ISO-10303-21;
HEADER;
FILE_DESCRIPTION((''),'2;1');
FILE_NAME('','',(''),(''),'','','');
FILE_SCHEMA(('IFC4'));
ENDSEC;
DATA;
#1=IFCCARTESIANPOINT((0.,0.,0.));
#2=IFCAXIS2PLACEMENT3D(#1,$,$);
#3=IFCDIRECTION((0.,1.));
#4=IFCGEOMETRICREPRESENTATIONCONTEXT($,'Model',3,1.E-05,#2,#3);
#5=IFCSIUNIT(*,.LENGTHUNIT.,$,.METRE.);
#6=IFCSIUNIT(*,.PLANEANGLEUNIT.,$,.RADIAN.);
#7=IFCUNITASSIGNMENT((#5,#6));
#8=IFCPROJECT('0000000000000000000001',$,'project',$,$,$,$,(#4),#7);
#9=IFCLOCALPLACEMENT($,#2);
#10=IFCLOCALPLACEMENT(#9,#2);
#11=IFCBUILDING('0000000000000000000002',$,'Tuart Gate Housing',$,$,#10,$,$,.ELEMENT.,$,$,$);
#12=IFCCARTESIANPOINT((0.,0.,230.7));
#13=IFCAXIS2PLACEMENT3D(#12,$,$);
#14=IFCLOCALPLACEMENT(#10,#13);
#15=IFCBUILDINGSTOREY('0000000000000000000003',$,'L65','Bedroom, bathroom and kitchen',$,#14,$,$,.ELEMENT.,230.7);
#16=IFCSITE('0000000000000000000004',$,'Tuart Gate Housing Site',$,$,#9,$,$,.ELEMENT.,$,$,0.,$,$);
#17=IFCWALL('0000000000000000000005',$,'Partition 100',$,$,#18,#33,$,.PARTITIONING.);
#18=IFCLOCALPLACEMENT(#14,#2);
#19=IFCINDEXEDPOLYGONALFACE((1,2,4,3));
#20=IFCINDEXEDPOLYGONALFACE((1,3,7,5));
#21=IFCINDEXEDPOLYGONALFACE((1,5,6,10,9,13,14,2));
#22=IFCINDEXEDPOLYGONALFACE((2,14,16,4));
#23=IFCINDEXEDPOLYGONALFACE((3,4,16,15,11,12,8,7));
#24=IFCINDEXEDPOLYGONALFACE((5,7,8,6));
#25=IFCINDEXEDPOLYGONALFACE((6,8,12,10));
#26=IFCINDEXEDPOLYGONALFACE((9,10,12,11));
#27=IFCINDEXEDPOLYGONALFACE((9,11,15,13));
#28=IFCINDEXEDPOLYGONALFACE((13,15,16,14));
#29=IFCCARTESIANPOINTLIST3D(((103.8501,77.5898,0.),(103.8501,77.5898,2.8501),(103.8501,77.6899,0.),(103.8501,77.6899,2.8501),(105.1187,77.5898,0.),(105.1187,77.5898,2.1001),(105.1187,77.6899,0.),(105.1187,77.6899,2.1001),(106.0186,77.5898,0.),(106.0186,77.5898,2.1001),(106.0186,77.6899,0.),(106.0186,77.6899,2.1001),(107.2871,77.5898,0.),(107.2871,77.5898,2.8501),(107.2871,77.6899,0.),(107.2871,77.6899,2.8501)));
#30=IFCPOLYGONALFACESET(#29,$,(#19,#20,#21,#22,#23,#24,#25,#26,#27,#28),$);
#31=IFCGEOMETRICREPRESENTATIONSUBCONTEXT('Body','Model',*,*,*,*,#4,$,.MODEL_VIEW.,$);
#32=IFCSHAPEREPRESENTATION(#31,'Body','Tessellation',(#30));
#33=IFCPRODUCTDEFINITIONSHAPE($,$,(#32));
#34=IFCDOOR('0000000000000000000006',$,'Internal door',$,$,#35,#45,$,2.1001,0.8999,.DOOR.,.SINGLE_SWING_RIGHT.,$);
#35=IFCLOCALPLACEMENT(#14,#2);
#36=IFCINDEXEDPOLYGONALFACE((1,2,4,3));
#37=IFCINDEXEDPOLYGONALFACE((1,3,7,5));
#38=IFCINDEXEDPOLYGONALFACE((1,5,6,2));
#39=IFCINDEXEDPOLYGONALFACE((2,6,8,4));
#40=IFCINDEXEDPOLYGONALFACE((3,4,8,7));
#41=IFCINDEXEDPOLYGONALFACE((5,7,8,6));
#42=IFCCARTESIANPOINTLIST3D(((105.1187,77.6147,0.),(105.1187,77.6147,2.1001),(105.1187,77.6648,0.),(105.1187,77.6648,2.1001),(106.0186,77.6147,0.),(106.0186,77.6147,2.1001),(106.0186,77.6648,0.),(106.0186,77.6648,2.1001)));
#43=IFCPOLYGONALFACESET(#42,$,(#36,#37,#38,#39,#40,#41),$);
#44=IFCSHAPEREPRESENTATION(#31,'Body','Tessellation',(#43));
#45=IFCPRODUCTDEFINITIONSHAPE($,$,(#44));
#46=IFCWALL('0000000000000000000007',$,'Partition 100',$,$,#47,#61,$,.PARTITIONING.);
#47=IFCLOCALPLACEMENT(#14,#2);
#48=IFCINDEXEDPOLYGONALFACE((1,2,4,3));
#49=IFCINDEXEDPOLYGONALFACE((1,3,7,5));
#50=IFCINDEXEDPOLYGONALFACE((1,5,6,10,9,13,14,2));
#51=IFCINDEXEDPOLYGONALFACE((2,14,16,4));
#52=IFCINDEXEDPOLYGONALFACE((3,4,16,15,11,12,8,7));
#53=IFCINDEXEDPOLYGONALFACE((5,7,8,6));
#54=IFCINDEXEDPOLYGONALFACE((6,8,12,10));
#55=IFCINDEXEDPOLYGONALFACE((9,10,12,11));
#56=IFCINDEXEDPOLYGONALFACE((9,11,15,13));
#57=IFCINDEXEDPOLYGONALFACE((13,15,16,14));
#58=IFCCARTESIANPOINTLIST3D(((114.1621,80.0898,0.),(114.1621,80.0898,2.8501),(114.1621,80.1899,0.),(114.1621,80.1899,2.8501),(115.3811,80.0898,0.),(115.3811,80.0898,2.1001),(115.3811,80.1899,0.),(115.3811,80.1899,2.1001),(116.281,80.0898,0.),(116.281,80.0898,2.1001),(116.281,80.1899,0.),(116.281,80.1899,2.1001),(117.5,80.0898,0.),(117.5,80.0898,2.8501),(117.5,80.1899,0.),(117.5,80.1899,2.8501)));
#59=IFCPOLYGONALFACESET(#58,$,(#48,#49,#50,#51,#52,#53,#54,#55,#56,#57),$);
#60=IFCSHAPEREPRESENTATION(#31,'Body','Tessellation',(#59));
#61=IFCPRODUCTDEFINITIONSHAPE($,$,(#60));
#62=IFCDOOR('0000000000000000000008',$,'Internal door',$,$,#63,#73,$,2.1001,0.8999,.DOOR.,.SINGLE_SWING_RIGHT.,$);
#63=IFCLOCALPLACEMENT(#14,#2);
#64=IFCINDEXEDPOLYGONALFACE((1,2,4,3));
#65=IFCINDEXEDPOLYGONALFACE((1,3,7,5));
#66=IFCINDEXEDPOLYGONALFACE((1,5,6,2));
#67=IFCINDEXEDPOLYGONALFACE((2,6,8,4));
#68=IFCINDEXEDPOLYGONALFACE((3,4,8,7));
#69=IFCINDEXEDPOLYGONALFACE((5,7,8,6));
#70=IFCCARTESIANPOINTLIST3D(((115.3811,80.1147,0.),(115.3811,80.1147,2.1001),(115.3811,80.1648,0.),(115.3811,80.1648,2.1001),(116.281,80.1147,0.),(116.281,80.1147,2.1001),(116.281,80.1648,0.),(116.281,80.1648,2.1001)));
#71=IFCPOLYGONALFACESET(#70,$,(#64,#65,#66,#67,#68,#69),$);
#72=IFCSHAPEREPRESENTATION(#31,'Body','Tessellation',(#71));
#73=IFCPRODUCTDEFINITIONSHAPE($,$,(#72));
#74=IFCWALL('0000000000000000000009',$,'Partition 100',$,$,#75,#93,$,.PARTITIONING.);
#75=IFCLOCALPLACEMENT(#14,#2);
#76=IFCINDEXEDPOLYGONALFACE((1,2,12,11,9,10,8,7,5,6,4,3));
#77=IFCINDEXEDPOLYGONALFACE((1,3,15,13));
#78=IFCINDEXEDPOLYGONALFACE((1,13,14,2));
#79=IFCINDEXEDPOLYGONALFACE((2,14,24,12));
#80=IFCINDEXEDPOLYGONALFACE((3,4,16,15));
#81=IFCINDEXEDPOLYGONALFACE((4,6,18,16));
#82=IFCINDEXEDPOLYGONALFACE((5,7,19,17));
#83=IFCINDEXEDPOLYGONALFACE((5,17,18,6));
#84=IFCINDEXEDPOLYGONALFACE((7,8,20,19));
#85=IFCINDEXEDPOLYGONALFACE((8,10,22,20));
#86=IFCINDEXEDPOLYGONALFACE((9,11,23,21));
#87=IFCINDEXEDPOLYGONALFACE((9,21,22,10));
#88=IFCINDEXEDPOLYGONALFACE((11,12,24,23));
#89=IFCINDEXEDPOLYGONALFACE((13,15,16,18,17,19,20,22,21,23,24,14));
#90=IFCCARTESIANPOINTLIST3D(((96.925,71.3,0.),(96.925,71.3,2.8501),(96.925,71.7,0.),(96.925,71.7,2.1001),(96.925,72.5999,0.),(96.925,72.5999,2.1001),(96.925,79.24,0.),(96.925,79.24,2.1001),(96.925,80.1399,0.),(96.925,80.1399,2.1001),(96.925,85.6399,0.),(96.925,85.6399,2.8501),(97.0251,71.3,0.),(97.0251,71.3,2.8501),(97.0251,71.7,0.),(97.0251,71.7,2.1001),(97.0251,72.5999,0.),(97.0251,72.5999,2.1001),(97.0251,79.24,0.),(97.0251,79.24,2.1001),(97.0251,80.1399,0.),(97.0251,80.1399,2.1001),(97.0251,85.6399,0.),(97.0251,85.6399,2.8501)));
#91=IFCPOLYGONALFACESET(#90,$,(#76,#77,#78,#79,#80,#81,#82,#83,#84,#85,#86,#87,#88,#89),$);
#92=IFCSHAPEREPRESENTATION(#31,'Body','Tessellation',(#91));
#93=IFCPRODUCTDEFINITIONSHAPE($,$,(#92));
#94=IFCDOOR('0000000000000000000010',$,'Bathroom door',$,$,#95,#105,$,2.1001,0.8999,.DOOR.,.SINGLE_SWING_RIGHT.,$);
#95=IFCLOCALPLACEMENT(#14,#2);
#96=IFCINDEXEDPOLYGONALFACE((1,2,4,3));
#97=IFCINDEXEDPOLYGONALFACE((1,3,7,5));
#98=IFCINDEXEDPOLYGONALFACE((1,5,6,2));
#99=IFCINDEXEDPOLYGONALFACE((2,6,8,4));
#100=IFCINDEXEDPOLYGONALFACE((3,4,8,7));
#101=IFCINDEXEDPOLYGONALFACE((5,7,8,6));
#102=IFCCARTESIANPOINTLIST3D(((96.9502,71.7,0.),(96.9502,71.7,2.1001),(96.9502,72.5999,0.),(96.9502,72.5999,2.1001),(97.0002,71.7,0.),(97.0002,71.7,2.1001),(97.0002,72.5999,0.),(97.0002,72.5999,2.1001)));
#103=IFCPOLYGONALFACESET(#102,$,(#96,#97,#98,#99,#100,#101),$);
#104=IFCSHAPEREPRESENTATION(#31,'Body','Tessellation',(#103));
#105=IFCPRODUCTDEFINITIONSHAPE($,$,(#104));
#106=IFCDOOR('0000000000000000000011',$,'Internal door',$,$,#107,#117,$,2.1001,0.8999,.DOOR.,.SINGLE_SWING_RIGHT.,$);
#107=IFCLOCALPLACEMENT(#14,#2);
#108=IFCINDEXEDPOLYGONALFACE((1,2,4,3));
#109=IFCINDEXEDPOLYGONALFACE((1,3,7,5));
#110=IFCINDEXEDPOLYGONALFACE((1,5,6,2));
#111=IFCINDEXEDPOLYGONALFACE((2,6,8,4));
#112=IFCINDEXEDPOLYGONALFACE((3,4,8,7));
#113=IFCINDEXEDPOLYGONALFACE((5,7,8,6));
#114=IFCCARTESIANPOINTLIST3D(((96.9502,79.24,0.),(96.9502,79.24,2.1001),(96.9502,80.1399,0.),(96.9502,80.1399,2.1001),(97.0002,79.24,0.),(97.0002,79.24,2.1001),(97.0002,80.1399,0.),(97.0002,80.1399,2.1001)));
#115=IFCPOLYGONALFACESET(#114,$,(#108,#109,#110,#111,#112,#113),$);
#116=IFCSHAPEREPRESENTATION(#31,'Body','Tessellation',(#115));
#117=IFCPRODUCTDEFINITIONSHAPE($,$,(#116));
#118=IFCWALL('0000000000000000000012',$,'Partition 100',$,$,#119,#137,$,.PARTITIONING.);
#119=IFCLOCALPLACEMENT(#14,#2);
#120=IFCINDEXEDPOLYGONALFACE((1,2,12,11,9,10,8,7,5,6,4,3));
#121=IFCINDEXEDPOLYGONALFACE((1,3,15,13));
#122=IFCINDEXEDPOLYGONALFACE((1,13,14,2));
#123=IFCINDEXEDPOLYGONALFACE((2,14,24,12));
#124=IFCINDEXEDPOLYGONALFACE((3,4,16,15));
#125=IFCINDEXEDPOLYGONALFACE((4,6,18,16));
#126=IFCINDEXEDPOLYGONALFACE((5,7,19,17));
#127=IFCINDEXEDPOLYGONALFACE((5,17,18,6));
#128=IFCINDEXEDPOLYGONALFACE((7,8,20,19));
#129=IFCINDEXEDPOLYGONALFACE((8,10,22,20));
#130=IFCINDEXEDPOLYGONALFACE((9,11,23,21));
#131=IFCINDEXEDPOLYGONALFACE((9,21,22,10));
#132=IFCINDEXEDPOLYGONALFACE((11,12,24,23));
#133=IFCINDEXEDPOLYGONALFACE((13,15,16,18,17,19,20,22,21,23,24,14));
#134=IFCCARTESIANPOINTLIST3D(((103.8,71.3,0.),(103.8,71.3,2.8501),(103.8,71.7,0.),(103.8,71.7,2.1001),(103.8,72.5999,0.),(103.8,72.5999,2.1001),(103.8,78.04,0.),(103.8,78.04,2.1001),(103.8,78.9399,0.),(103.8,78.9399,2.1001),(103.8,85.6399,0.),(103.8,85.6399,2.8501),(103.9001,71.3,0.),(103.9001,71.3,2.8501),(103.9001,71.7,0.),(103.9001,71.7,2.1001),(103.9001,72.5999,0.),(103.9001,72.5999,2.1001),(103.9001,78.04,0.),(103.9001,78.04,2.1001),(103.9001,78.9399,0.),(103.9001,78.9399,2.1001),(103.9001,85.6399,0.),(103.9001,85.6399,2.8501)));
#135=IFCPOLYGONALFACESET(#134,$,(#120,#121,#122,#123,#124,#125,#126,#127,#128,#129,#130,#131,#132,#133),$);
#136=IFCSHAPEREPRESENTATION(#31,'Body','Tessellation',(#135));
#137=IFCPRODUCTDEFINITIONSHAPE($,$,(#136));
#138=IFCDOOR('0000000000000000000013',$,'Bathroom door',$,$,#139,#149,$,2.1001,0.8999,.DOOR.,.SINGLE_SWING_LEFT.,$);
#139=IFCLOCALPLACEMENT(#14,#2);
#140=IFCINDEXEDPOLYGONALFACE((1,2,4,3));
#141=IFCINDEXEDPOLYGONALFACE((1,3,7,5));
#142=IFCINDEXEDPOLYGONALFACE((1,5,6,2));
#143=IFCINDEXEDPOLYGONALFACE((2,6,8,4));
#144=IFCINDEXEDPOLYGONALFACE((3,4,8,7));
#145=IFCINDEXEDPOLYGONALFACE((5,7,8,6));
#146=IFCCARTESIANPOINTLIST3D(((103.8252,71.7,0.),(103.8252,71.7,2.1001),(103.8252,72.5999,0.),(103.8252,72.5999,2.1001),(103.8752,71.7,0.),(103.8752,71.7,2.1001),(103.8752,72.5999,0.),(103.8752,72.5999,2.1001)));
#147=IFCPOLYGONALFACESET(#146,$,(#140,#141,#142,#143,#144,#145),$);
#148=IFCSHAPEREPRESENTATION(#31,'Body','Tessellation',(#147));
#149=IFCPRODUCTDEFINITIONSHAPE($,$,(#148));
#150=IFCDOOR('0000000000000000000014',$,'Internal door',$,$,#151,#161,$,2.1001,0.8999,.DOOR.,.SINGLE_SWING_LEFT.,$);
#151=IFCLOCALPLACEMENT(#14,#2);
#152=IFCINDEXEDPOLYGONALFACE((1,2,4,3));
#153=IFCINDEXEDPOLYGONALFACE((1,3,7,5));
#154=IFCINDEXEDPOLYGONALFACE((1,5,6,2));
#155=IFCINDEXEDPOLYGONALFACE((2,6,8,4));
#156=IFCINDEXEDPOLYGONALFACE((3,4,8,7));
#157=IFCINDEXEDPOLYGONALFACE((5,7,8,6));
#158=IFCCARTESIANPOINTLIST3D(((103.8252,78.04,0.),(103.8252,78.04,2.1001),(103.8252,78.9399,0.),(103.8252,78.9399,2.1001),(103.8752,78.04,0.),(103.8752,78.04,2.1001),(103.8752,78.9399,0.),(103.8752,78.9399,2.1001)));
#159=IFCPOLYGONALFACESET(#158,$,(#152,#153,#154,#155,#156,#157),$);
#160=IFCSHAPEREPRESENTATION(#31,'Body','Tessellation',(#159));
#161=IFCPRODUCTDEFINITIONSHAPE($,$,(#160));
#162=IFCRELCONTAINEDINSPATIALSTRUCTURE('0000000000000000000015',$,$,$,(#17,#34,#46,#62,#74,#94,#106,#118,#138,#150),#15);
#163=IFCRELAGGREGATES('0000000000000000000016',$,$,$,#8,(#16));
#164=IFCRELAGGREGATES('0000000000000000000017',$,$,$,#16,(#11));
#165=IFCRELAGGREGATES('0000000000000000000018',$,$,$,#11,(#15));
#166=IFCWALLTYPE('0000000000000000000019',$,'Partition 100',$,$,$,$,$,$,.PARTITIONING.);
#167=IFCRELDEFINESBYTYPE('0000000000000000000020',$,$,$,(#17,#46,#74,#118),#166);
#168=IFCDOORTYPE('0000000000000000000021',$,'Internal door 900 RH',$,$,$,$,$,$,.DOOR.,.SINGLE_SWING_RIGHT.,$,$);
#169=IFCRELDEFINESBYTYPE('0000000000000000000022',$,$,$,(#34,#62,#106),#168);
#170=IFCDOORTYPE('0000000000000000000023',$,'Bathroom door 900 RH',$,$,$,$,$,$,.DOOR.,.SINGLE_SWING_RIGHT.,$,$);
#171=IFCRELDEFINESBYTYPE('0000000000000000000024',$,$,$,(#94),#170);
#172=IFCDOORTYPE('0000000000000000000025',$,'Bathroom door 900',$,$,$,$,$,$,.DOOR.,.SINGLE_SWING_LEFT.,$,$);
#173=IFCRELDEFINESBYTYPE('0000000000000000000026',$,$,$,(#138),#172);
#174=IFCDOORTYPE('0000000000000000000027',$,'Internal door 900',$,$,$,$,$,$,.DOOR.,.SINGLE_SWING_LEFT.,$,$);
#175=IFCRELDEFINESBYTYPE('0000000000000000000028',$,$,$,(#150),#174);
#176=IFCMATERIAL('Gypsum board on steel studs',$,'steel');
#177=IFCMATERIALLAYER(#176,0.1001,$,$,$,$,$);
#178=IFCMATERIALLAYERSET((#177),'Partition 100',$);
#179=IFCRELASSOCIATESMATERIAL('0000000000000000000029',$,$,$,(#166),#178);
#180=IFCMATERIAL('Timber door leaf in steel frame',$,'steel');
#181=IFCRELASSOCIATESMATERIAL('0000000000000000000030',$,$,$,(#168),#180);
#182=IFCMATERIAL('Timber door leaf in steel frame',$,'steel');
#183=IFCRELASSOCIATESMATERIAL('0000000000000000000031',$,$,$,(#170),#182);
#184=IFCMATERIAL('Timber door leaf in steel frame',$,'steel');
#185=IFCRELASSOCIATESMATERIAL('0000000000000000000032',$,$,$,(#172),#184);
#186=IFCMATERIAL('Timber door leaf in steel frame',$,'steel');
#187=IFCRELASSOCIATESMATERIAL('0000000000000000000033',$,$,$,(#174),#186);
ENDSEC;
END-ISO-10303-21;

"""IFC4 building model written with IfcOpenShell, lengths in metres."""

from ifc_helpers import new_model, si_unit, direction, frame, frame_2d, origin, place, context, subcontext, project, spatial, rectangle, extrude, material, layer, layer_set, type_object, element, fill, save


model = new_model("IFC4")

# Units and contexts
model_context = context("Model", 3, precision=1e-05, world=origin(), true_north=direction((0.0, 1.0)))
body_context = subcontext(model_context, "Body", "Model", "MODEL_VIEW")
ifc_project = project(units=[si_unit("LENGTHUNIT", "METRE"), si_unit("PLANEANGLEUNIT", "RADIAN")], contexts=[model_context])

# Site, building, storey
site_placement = place(None, origin())
site = spatial("IfcSite", under=ifc_project, at=site_placement, Name="Tuart Gate Housing Site", CompositionType="ELEMENT", RefElevation=0.0)
building_placement = place(site_placement, origin())
building = spatial("IfcBuilding", under=site, at=building_placement, Name="Tuart Gate Housing", CompositionType="ELEMENT")
storey_placement = place(building_placement, frame((0.0, 0.0, 230.7)))
storey = spatial("IfcBuildingStorey", under=building, at=storey_placement, Name="L65", Description="Bedroom, bathroom and kitchen", CompositionType="ELEMENT", Elevation=230.7)

# Shared definitions
ifc_material_1 = material(Name="Gypsum board on steel studs", Category="steel")
ifc_layer_1 = layer(ifc_material_1, 0.1001)
ifc_layer_set_1 = layer_set([ifc_layer_1], Name="Partition 100")
wall_type_1 = type_object("IfcWallType", Name="Partition 100", PredefinedType="PARTITIONING", material=ifc_layer_set_1)

# Walls, openings, doors
wall_1_placement = place(storey_placement, frame((103.8501, 77.6399, 0.0), z_axis=(0.0, 0.0, 1.0), x_axis=(1.0, 0.0, 0.0)))
wall_1 = element("IfcWall", 1, at=wall_1_placement, inside=storey, type_object=wall_type_1, Name="Partition 100", PredefinedType="PARTITIONING", context=body_context, shape_type="SweptSolid", body=[
    extrude(rectangle(XDim=3.437, YDim=0.1001, at=frame_2d((1.7185, 0.0))), origin(), (0.0, 0.0, 1.0), 2.8501),
])
opening_1_placement = place(wall_1_placement, frame((1.2686, 0.0, 0.0)))
opening_1 = element("IfcOpeningElement", 2, at=opening_1_placement, cuts=wall_1, PredefinedType="OPENING", context=body_context, shape_type="SweptSolid", body=[
    extrude(rectangle(XDim=0.8999, YDim=2.1001, at=frame_2d((0.45, 1.05))), frame((0.0, 0.0601, 0.0), z_axis=(0.0, -1.0, 0.0), x_axis=(1.0, 0.0, 0.0)), (0.0, 0.0, 1.0), 0.1201),
])
ifc_material_2 = material(Name="Timber door leaf in steel frame", Category="steel")
door_type_1 = type_object("IfcDoorType", Name="Internal door 900 RH", OperationType="SINGLE_SWING_RIGHT", PredefinedType="DOOR", material=ifc_material_2)
door_1_placement = place(opening_1_placement, frame((0.8999, 0.0, 0.0), z_axis=(0.0, 0.0, 1.0), x_axis=(-1.0, 0.0, 0.0)))
door_1 = element("IfcDoor", 3, at=door_1_placement, inside=storey, type_object=door_type_1, Name="Internal door", OperationType="SINGLE_SWING_RIGHT", OverallHeight=2.1001, OverallWidth=0.8999, PredefinedType="DOOR", context=body_context, shape_type="SweptSolid", body=[
    extrude(rectangle(XDim=0.8999, YDim=2.1001, at=frame_2d((0.45, 1.05))), frame((0.0, 0.0251, 0.0), z_axis=(0.0, -1.0, 0.0), x_axis=(1.0, 0.0, 0.0)), (0.0, 0.0, 1.0), 0.05),
])
fill(opening_1, door_1)
wall_2_placement = place(storey_placement, frame((114.1621, 80.1399, 0.0), z_axis=(0.0, 0.0, 1.0), x_axis=(1.0, 0.0, 0.0)))
wall_2 = element("IfcWall", 4, at=wall_2_placement, inside=storey, type_object=wall_type_1, Name="Partition 100", PredefinedType="PARTITIONING", context=body_context, shape_type="SweptSolid", body=[
    extrude(rectangle(XDim=3.3379, YDim=0.1001, at=frame_2d((1.6689, 0.0))), origin(), (0.0, 0.0, 1.0), 2.8501),
])
opening_2_placement = place(wall_2_placement, frame((1.219, 0.0, 0.0)))
opening_2 = element("IfcOpeningElement", 5, at=opening_2_placement, cuts=wall_2, PredefinedType="OPENING", context=body_context, shape_type="SweptSolid", body=[
    extrude(rectangle(XDim=0.8999, YDim=2.1001, at=frame_2d((0.45, 1.05))), frame((0.0, 0.0601, 0.0), z_axis=(0.0, -1.0, 0.0), x_axis=(1.0, 0.0, 0.0)), (0.0, 0.0, 1.0), 0.1201),
])
door_2_placement = place(opening_2_placement, frame((0.8999, 0.0, 0.0), z_axis=(0.0, 0.0, 1.0), x_axis=(-1.0, 0.0, 0.0)))
door_2 = element("IfcDoor", 6, at=door_2_placement, inside=storey, type_object=door_type_1, Name="Internal door", OperationType="SINGLE_SWING_RIGHT", OverallHeight=2.1001, OverallWidth=0.8999, PredefinedType="DOOR", context=body_context, shape_type="SweptSolid", body=[
    extrude(rectangle(XDim=0.8999, YDim=2.1001, at=frame_2d((0.45, 1.05))), frame((0.0, 0.0251, 0.0), z_axis=(0.0, -1.0, 0.0), x_axis=(1.0, 0.0, 0.0)), (0.0, 0.0, 1.0), 0.05),
])
fill(opening_2, door_2)

# Walls, openings, doors
wall_3_placement = place(storey_placement, frame((96.9751, 71.3, 0.0), z_axis=(0.0, 0.0, 1.0), x_axis=(0.0, 1.0, 0.0)))
wall_3 = element("IfcWall", 7, at=wall_3_placement, inside=storey, type_object=wall_type_1, Name="Partition 100", PredefinedType="PARTITIONING", context=body_context, shape_type="SweptSolid", body=[
    extrude(rectangle(XDim=14.3398, YDim=0.1001, at=frame_2d((7.1699, 0.0))), origin(), (0.0, 0.0, 1.0), 2.8501),
])
opening_3_placement = place(wall_3_placement, frame((7.9399, 0.0, 0.0)))
opening_3 = element("IfcOpeningElement", 8, at=opening_3_placement, cuts=wall_3, PredefinedType="OPENING", context=body_context, shape_type="SweptSolid", body=[
    extrude(rectangle(XDim=0.8999, YDim=2.1001, at=frame_2d((0.45, 1.05))), frame((0.0, 0.0601, 0.0), z_axis=(0.0, -1.0, 0.0), x_axis=(1.0, 0.0, 0.0)), (0.0, 0.0, 1.0), 0.1201),
])
opening_4_placement = place(wall_3_placement, frame((0.3999, 0.0, 0.0)))
opening_4 = element("IfcOpeningElement", 9, at=opening_4_placement, cuts=wall_3, PredefinedType="OPENING", context=body_context, shape_type="SweptSolid", body=[
    extrude(rectangle(XDim=0.8999, YDim=2.1001, at=frame_2d((0.45, 1.05))), frame((0.0, 0.0601, 0.0), z_axis=(0.0, -1.0, 0.0), x_axis=(1.0, 0.0, 0.0)), (0.0, 0.0, 1.0), 0.1201),
])
ifc_material_3 = material(Name="Timber door leaf in steel frame", Category="steel")
door_type_2 = type_object("IfcDoorType", Name="Bathroom door 900 RH", OperationType="SINGLE_SWING_RIGHT", PredefinedType="DOOR", material=ifc_material_3)
door_3_placement = place(opening_4_placement, frame((0.8999, 0.0, 0.0), z_axis=(0.0, 0.0, 1.0), x_axis=(-1.0, 0.0, 0.0)))
door_3 = element("IfcDoor", 10, at=door_3_placement, inside=storey, type_object=door_type_2, Name="Bathroom door", OperationType="SINGLE_SWING_RIGHT", OverallHeight=2.1001, OverallWidth=0.8999, PredefinedType="DOOR", context=body_context, shape_type="SweptSolid", body=[
    extrude(rectangle(XDim=0.8999, YDim=2.1001, at=frame_2d((0.45, 1.05))), frame((0.0, 0.0251, 0.0), z_axis=(0.0, -1.0, 0.0), x_axis=(1.0, 0.0, 0.0)), (0.0, 0.0, 1.0), 0.05),
])
fill(opening_4, door_3)
door_4_placement = place(opening_3_placement, frame((0.8999, 0.0, 0.0), z_axis=(0.0, 0.0, 1.0), x_axis=(-1.0, 0.0, 0.0)))
door_4 = element("IfcDoor", 11, at=door_4_placement, inside=storey, type_object=door_type_1, Name="Internal door", OperationType="SINGLE_SWING_RIGHT", OverallHeight=2.1001, OverallWidth=0.8999, PredefinedType="DOOR", context=body_context, shape_type="SweptSolid", body=[
    extrude(rectangle(XDim=0.8999, YDim=2.1001, at=frame_2d((0.45, 1.05))), frame((0.0, 0.0251, 0.0), z_axis=(0.0, -1.0, 0.0), x_axis=(1.0, 0.0, 0.0)), (0.0, 0.0, 1.0), 0.05),
])
fill(opening_3, door_4)
wall_4_placement = place(storey_placement, frame((103.8501, 71.3, 0.0), z_axis=(0.0, 0.0, 1.0), x_axis=(0.0, 1.0, 0.0)))
wall_4 = element("IfcWall", 12, at=wall_4_placement, inside=storey, type_object=wall_type_1, Name="Partition 100", PredefinedType="PARTITIONING", context=body_context, shape_type="SweptSolid", body=[
    extrude(rectangle(XDim=14.3398, YDim=0.1001, at=frame_2d((7.1699, 0.0))), origin(), (0.0, 0.0, 1.0), 2.8501),
])
opening_5_placement = place(wall_4_placement, frame((6.74, 0.0, 0.0)))
opening_5 = element("IfcOpeningElement", 13, at=opening_5_placement, cuts=wall_4, PredefinedType="OPENING", context=body_context, shape_type="SweptSolid", body=[
    extrude(rectangle(XDim=0.8999, YDim=2.1001, at=frame_2d((0.45, 1.05))), frame((0.0, 0.0601, 0.0), z_axis=(0.0, -1.0, 0.0), x_axis=(1.0, 0.0, 0.0)), (0.0, 0.0, 1.0), 0.1201),
])
opening_6_placement = place(wall_4_placement, frame((0.3999, 0.0, 0.0)))
opening_6 = element("IfcOpeningElement", 14, at=opening_6_placement, cuts=wall_4, PredefinedType="OPENING", context=body_context, shape_type="SweptSolid", body=[
    extrude(rectangle(XDim=0.8999, YDim=2.1001, at=frame_2d((0.45, 1.05))), frame((0.0, 0.0601, 0.0), z_axis=(0.0, -1.0, 0.0), x_axis=(1.0, 0.0, 0.0)), (0.0, 0.0, 1.0), 0.1201),
])
ifc_material_4 = material(Name="Timber door leaf in steel frame", Category="steel")
door_type_3 = type_object("IfcDoorType", Name="Bathroom door 900", OperationType="SINGLE_SWING_LEFT", PredefinedType="DOOR", material=ifc_material_4)
door_5_placement = place(opening_6_placement, origin())
door_5 = element("IfcDoor", 15, at=door_5_placement, inside=storey, type_object=door_type_3, Name="Bathroom door", OperationType="SINGLE_SWING_LEFT", OverallHeight=2.1001, OverallWidth=0.8999, PredefinedType="DOOR", context=body_context, shape_type="SweptSolid", body=[
    extrude(rectangle(XDim=0.8999, YDim=2.1001, at=frame_2d((0.45, 1.05))), frame((0.0, 0.0249, 0.0), z_axis=(0.0, -1.0, 0.0), x_axis=(1.0, 0.0, 0.0)), (0.0, 0.0, 1.0), 0.05),
])
fill(opening_6, door_5)
ifc_material_5 = material(Name="Timber door leaf in steel frame", Category="steel")
door_type_4 = type_object("IfcDoorType", Name="Internal door 900", OperationType="SINGLE_SWING_LEFT", PredefinedType="DOOR", material=ifc_material_5)
door_6_placement = place(opening_5_placement, origin())
door_6 = element("IfcDoor", 16, at=door_6_placement, inside=storey, type_object=door_type_4, Name="Internal door", OperationType="SINGLE_SWING_LEFT", OverallHeight=2.1001, OverallWidth=0.8999, PredefinedType="DOOR", context=body_context, shape_type="SweptSolid", body=[
    extrude(rectangle(XDim=0.8999, YDim=2.1001, at=frame_2d((0.45, 1.05))), frame((0.0, 0.0249, 0.0), z_axis=(0.0, -1.0, 0.0), x_axis=(1.0, 0.0, 0.0)), (0.0, 0.0, 1.0), 0.05),
])
fill(opening_5, door_6)

save(model, "model.ifc")
